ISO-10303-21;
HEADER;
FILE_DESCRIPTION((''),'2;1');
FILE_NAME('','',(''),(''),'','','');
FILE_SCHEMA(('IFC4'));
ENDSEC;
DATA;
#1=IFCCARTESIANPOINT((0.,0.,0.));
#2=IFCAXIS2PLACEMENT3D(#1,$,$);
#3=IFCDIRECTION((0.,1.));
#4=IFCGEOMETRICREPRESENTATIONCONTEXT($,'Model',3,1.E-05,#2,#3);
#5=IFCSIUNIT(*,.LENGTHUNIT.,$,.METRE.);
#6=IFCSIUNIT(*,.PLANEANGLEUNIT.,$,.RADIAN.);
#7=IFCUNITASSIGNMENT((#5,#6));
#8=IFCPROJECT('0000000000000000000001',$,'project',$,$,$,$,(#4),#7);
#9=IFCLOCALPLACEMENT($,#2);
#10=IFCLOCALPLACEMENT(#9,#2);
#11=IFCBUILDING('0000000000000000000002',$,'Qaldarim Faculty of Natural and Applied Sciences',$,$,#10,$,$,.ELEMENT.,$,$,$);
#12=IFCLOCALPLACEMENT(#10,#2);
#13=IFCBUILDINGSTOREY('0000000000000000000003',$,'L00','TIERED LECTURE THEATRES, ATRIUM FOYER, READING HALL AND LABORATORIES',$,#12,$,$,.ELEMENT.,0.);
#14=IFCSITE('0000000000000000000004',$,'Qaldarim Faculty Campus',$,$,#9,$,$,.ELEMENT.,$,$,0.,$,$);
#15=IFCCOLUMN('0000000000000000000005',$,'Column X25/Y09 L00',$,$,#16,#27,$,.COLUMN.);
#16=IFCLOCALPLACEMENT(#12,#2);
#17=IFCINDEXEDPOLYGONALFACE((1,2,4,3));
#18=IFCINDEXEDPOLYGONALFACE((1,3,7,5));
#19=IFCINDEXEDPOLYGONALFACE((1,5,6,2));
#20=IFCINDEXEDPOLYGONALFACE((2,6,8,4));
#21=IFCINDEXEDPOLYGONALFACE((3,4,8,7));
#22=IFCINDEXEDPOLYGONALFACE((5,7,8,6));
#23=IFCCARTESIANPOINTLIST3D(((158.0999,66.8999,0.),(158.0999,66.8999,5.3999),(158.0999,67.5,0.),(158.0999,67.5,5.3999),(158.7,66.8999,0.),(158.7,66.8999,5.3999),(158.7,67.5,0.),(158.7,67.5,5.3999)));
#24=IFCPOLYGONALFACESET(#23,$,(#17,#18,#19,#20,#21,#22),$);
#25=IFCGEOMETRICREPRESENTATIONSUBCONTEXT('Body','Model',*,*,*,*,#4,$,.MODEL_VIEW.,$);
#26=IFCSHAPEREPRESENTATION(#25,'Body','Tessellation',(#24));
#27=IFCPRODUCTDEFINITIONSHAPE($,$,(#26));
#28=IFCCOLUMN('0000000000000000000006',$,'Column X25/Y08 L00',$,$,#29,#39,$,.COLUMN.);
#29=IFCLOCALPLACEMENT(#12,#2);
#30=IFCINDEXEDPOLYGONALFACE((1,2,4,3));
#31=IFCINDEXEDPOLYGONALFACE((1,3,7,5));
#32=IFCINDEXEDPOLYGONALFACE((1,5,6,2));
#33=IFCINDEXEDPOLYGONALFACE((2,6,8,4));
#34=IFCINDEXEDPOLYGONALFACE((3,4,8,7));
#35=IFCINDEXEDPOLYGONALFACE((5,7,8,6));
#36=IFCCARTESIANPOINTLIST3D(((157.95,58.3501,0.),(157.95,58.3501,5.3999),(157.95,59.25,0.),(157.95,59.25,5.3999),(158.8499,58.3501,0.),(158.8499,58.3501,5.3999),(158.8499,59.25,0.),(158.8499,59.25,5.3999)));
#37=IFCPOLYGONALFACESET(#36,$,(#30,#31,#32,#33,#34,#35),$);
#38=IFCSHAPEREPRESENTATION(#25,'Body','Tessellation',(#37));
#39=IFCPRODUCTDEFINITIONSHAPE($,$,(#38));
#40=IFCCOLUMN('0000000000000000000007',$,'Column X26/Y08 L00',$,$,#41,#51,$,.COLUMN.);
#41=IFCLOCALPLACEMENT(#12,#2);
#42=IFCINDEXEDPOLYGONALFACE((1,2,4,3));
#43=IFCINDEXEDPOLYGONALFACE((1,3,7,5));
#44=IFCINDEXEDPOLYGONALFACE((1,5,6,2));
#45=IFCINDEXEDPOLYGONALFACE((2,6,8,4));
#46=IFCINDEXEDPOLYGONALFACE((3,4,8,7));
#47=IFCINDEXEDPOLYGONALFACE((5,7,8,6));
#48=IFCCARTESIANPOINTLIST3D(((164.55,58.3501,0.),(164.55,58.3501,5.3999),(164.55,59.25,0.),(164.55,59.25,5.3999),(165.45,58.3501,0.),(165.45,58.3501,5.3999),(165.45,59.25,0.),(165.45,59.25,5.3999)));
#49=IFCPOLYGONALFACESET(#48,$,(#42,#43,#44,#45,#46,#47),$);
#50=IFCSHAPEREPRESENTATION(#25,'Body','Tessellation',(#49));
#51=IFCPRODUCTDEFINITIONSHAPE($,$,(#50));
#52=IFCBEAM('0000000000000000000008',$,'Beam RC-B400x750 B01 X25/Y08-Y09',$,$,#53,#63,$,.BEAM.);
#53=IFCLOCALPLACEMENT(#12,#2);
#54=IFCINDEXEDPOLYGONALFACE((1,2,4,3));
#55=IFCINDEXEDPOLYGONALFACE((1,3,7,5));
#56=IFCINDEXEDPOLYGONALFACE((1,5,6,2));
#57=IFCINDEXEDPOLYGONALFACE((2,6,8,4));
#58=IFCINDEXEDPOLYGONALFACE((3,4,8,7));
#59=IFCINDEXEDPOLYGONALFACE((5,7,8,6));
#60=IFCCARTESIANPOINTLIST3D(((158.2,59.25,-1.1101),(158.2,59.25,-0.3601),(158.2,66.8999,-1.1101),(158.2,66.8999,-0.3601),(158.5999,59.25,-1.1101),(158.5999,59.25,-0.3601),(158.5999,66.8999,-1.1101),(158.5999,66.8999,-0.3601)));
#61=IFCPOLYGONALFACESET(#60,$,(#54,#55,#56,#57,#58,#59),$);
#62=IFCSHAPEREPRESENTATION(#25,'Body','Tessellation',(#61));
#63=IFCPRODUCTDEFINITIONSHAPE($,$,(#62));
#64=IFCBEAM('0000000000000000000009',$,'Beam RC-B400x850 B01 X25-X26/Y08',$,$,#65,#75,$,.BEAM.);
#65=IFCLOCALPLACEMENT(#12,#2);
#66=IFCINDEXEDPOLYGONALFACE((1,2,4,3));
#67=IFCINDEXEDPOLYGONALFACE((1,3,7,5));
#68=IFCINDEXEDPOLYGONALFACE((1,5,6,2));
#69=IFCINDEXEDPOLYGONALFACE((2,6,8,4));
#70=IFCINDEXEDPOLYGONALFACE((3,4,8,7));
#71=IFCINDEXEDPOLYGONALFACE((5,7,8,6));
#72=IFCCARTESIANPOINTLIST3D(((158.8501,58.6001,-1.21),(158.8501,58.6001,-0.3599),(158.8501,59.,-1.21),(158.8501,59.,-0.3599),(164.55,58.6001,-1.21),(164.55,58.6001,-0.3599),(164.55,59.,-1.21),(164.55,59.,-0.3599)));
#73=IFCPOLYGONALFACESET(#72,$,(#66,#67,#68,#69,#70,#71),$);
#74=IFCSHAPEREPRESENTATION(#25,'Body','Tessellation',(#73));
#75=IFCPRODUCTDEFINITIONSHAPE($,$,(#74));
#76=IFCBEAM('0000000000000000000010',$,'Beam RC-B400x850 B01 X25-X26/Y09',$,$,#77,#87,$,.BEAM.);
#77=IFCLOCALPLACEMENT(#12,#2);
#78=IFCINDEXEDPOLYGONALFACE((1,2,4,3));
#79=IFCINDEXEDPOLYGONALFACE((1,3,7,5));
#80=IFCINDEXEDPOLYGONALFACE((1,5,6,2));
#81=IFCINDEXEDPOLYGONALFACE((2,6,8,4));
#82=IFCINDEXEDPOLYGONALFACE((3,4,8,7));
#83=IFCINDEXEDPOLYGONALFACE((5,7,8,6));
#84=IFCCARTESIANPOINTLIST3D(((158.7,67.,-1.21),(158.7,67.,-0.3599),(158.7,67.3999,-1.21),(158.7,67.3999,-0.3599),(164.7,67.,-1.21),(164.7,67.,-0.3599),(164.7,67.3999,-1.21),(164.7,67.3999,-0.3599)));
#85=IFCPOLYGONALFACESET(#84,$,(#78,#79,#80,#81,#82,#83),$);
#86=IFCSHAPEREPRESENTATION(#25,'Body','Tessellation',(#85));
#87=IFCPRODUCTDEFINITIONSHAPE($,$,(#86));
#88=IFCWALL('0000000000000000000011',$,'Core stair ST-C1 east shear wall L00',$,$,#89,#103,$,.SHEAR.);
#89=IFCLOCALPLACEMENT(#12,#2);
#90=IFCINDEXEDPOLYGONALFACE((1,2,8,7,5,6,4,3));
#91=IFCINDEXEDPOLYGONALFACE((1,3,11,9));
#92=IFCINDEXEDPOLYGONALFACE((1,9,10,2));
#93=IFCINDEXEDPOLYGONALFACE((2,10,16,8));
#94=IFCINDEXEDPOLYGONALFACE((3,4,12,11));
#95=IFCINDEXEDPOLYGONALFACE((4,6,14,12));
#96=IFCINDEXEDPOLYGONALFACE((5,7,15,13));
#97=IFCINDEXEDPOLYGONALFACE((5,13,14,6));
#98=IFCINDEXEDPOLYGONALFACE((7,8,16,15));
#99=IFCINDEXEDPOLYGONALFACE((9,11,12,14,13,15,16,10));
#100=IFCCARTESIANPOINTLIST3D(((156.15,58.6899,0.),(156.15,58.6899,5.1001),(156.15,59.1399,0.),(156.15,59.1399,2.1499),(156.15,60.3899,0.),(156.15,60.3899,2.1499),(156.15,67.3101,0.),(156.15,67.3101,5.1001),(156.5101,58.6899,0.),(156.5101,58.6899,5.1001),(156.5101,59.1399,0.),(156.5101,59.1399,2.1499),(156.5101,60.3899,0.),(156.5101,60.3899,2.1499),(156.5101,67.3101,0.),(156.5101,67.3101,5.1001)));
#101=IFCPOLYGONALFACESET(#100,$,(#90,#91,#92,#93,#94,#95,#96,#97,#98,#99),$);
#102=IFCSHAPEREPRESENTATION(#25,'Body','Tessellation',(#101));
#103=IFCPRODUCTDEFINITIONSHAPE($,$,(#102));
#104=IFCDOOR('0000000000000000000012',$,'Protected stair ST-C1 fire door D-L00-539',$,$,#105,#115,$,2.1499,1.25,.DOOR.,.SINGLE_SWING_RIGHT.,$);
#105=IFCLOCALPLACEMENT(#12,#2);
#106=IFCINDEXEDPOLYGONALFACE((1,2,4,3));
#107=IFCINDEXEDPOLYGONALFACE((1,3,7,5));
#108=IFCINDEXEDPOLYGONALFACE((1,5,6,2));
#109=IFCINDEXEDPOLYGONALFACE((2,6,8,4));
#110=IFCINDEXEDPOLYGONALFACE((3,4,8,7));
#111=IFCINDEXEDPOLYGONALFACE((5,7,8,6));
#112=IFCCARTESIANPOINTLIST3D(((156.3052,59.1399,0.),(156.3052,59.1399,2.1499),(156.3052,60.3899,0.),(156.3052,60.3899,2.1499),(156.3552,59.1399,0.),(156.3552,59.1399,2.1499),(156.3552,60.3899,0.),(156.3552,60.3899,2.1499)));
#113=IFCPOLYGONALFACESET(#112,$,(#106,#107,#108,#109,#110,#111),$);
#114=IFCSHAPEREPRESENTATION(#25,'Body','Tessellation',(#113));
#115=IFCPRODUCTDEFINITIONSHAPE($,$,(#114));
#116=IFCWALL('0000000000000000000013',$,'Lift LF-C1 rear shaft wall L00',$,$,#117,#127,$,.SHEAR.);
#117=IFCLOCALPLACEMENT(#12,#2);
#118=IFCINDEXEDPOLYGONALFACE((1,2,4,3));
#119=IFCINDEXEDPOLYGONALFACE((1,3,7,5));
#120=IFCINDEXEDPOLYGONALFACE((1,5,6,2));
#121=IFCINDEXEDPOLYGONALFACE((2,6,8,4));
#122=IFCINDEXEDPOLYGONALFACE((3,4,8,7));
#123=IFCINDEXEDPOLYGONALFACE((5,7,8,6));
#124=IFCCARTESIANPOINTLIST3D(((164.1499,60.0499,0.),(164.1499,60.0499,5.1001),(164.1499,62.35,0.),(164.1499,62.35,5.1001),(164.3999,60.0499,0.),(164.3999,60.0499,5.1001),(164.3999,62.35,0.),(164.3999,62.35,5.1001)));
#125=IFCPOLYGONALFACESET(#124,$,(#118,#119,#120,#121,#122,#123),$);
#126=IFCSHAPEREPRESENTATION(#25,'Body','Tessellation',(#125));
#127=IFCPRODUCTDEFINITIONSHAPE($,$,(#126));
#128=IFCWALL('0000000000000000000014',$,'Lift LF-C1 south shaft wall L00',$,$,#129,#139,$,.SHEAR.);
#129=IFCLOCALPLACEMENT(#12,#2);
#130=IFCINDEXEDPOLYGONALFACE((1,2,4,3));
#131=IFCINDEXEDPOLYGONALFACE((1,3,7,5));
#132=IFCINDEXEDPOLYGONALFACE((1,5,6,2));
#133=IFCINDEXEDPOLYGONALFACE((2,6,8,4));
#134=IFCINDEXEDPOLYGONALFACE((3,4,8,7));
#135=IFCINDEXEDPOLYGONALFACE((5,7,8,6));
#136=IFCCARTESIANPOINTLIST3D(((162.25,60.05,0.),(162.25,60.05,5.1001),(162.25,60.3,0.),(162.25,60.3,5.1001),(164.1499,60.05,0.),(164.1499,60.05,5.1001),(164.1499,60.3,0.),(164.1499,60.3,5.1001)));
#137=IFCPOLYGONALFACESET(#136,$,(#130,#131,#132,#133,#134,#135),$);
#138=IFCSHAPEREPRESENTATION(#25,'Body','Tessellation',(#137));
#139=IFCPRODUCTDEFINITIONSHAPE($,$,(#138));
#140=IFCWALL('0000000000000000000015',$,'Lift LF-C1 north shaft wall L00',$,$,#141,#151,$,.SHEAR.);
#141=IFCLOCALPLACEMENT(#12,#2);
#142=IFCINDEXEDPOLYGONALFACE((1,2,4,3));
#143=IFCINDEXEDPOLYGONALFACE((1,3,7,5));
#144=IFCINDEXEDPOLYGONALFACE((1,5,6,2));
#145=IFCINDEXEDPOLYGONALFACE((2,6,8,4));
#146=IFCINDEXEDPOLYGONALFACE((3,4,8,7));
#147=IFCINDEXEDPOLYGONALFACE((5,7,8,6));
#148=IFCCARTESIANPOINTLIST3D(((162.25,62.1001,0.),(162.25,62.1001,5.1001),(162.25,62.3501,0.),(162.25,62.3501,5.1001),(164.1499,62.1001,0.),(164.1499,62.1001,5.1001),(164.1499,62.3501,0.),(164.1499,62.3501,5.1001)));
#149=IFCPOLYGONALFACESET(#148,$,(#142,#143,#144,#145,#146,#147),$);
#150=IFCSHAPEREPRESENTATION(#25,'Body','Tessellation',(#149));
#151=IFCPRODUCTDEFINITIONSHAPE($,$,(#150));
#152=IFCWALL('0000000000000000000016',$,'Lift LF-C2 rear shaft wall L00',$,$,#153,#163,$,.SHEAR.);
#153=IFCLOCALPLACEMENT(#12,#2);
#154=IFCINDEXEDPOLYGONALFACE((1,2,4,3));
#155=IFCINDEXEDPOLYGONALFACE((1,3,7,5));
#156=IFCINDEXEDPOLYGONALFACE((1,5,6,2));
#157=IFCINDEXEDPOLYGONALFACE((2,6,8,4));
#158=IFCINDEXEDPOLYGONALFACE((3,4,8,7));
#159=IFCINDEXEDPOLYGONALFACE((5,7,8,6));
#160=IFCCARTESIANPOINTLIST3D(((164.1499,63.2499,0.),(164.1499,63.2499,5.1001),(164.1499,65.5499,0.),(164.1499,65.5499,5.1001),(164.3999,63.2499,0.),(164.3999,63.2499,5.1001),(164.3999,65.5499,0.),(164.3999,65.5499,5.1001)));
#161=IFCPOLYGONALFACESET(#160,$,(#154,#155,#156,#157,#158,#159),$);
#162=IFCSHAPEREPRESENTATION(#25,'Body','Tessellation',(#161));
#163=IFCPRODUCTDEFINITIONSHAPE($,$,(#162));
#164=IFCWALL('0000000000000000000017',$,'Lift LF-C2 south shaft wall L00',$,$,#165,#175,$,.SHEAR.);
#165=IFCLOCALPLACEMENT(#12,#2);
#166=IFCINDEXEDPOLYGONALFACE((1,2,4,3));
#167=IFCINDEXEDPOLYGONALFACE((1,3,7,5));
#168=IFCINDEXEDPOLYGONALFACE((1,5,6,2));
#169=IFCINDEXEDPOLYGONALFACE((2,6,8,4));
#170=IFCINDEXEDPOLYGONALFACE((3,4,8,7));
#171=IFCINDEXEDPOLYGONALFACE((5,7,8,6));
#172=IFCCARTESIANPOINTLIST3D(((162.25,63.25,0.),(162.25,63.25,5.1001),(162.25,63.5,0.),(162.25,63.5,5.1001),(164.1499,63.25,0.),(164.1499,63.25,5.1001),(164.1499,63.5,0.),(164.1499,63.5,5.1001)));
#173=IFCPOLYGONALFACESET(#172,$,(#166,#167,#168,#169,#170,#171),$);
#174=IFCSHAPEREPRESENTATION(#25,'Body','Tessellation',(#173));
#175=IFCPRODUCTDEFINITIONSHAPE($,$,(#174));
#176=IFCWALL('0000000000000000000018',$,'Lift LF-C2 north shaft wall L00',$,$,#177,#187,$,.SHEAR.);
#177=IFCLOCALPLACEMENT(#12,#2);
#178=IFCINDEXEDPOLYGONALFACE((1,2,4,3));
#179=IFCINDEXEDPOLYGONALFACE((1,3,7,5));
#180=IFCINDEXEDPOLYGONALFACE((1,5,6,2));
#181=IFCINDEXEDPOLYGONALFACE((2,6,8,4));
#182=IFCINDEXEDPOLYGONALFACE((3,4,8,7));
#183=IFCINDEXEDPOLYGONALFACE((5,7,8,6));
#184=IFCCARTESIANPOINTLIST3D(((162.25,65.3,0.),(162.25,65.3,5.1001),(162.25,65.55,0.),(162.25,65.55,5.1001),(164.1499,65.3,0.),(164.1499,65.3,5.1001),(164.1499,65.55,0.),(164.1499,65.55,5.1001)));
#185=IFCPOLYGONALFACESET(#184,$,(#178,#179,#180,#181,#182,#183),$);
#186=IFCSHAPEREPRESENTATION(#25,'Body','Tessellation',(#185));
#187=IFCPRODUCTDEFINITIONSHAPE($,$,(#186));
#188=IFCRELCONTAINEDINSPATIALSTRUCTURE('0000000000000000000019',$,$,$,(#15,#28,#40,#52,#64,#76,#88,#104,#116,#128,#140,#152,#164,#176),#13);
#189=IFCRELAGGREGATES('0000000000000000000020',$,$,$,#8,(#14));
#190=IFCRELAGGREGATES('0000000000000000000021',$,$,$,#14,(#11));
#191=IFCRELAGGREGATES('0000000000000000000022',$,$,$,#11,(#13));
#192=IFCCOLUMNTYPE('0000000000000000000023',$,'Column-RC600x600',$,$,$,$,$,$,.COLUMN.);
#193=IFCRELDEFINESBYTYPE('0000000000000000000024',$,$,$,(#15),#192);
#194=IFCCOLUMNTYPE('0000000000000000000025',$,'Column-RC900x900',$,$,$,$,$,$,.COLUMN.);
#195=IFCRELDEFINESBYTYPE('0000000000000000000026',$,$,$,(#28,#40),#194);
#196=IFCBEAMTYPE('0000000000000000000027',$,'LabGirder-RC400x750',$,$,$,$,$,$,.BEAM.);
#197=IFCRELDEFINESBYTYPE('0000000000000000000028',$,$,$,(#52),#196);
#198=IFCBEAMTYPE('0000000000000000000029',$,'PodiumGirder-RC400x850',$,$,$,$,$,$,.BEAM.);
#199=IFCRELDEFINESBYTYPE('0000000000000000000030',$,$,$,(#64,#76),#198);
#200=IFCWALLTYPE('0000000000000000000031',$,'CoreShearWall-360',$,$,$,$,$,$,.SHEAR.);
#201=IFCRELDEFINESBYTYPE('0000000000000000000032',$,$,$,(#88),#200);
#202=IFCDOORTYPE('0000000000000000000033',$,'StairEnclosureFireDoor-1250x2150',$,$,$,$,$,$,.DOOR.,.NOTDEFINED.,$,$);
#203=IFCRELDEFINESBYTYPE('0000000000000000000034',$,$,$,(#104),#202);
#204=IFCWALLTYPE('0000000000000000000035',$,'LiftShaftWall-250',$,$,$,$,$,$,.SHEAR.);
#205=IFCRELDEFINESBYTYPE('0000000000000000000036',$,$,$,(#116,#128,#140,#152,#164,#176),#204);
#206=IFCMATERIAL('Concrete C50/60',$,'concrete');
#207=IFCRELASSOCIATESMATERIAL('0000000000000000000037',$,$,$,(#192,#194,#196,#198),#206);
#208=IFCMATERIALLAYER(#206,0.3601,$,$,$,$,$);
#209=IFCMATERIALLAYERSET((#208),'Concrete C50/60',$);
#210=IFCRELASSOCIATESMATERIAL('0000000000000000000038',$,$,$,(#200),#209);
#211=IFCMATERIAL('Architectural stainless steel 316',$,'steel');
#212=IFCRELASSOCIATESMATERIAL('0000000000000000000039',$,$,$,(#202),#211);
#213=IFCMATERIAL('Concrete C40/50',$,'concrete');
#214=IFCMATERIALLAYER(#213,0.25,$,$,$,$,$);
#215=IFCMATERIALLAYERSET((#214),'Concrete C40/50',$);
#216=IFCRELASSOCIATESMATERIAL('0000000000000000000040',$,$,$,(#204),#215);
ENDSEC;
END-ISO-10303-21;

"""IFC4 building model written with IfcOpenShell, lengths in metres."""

from ifc_helpers import new_model, si_unit, direction, frame, frame_2d, origin, origin_2d, place, context, subcontext, project, spatial, rectangle, extrude, material, layer, layer_set, material_profile, profile_set, type_object, element, fill, save


model = new_model("IFC4")

# Units and contexts
model_context = context("Model", 3, precision=1e-05, world=origin(), true_north=direction((0.0, 1.0)))
body_context = subcontext(model_context, "Body", "Model", "MODEL_VIEW")
ifc_project = project(units=[si_unit("LENGTHUNIT", "METRE"), si_unit("PLANEANGLEUNIT", "RADIAN")], contexts=[model_context])

# Site, building, storey
site_placement = place(None, origin())
site = spatial("IfcSite", under=ifc_project, at=site_placement, Name="Qaldarim Faculty Campus", CompositionType="ELEMENT", RefElevation=0.0)
building_placement = place(site_placement, origin())
building = spatial("IfcBuilding", under=site, at=building_placement, Name="Qaldarim Faculty of Natural and Applied Sciences", CompositionType="ELEMENT")
storey_placement = place(building_placement, origin())
storey = spatial("IfcBuildingStorey", under=building, at=storey_placement, Name="L00", Description="TIERED LECTURE THEATRES, ATRIUM FOYER, READING HALL AND LABORATORIES", CompositionType="ELEMENT", Elevation=0.0)

# Columns
ifc_material_1 = material(Name="Concrete C50/60", Category="concrete")
ifc_material_profile_1 = material_profile(ifc_material_1, rectangle(XDim=0.6001, YDim=0.6001, at=origin_2d()), Name="RC-C600x600")
ifc_profile_set_1 = profile_set([ifc_material_profile_1], Name="Concrete C50/60")
column_type_1 = type_object("IfcColumnType", Name="Column-RC600x600", PredefinedType="COLUMN", material=ifc_profile_set_1)
column_placement = place(storey_placement, frame((158.3999, 67.2, 0.0), z_axis=(0.0, 0.0, 1.0), x_axis=(1.0, 0.0, 0.0)))
element("IfcColumn", 1, at=column_placement, inside=storey, type_object=column_type_1, Name="Column X25/Y09 L00", PredefinedType="COLUMN", context=body_context, shape_type="SweptSolid", body=[
    extrude(rectangle(XDim=0.6001, YDim=0.6001, at=origin_2d()), origin(), (0.0, 0.0, 1.0), 5.3999),
])
ifc_material_profile_2 = material_profile(ifc_material_1, rectangle(XDim=0.8999, YDim=0.8999, at=origin_2d()), Name="RC-C900x900")
ifc_profile_set_2 = profile_set([ifc_material_profile_2], Name="Concrete C50/60")
column_type_2 = type_object("IfcColumnType", Name="Column-RC900x900", PredefinedType="COLUMN", material=ifc_profile_set_2)
for number, where, z_axis, x_axis, name in (
    (2, (158.3999, 58.8, 0.0), (0.0, 0.0, 1.0), (1.0, 0.0, 0.0), "Column X25/Y08 L00"),
    (3, (165.0, 58.8, 0.0), (0.0, 0.0, 1.0), (1.0, 0.0, 0.0), "Column X26/Y08 L00"),
):
    element("IfcColumn", number, at=place(storey_placement, frame(where, z_axis=z_axis, x_axis=x_axis)), inside=storey, type_object=column_type_2, Name=name, PredefinedType="COLUMN", context=body_context, shape_type="SweptSolid", body=[
        extrude(rectangle(XDim=0.8999, YDim=0.8999, at=origin_2d()), origin(), (0.0, 0.0, 1.0), 5.3999),
    ])

# Beams
ifc_material_profile_3 = material_profile(ifc_material_1, rectangle(XDim=0.3999, YDim=0.75, at=origin_2d()), Name="RC-B400x750")
ifc_profile_set_3 = profile_set([ifc_material_profile_3], Name="Concrete C50/60")
beam_type_1 = type_object("IfcBeamType", Name="LabGirder-RC400x750", PredefinedType="BEAM", material=ifc_profile_set_3)
beam_1_placement = place(storey_placement, frame((158.3999, 59.25, -0.7351), z_axis=(0.0, 1.0, 0.0), x_axis=(-1.0, 0.0, 0.0)))
element("IfcBeam", 4, at=beam_1_placement, inside=storey, type_object=beam_type_1, Name="Beam RC-B400x750 B01 X25/Y08-Y09", PredefinedType="BEAM", context=body_context, shape_type="SweptSolid", body=[
    extrude(rectangle(XDim=0.3999, YDim=0.75, at=origin_2d()), origin(), (0.0, 0.0, 1.0), 7.6499),
])
ifc_material_profile_4 = material_profile(ifc_material_1, rectangle(XDim=0.3999, YDim=0.8501, at=origin_2d()), Name="RC-B400x850")
ifc_profile_set_4 = profile_set([ifc_material_profile_4], Name="Concrete C50/60")
beam_type_2 = type_object("IfcBeamType", Name="PodiumGirder-RC400x850", PredefinedType="BEAM", material=ifc_profile_set_4)
beam_2_placement = place(storey_placement, frame((158.8501, 58.8, -0.7849), z_axis=(1.0, 0.0, 0.0), x_axis=(0.0, 1.0, 0.0)))
element("IfcBeam", 5, at=beam_2_placement, inside=storey, type_object=beam_type_2, Name="Beam RC-B400x850 B01 X25-X26/Y08", PredefinedType="BEAM", context=body_context, shape_type="SweptSolid", body=[
    extrude(rectangle(XDim=0.3999, YDim=0.8501, at=origin_2d()), origin(), (0.0, 0.0, 1.0), 5.7),
])
beam_3_placement = place(storey_placement, frame((158.7, 67.2, -0.7849), z_axis=(1.0, 0.0, 0.0), x_axis=(0.0, 1.0, 0.0)))
element("IfcBeam", 6, at=beam_3_placement, inside=storey, type_object=beam_type_2, Name="Beam RC-B400x850 B01 X25-X26/Y09", PredefinedType="BEAM", context=body_context, shape_type="SweptSolid", body=[
    extrude(rectangle(XDim=0.3999, YDim=0.8501, at=origin_2d()), origin(), (0.0, 0.0, 1.0), 6.0),
])

# Wall, opening, door
ifc_layer_1 = layer(ifc_material_1, 0.3601)
ifc_layer_set_1 = layer_set([ifc_layer_1], Name="Concrete C50/60")
wall_type_1 = type_object("IfcWallType", Name="CoreShearWall-360", PredefinedType="SHEAR", material=ifc_layer_set_1)
wall_1_placement = place(storey_placement, frame((156.3301, 58.6899, 0.0), z_axis=(0.0, 0.0, 1.0), x_axis=(0.0, 1.0, 0.0)))
wall_1 = element("IfcWall", 7, at=wall_1_placement, inside=storey, type_object=wall_type_1, Name="Core stair ST-C1 east shear wall L00", PredefinedType="SHEAR", context=body_context, shape_type="SweptSolid", body=[
    extrude(rectangle(XDim=8.6201, YDim=0.3601, at=frame_2d((4.3101, 0.0))), origin(), (0.0, 0.0, 1.0), 5.1001),
])
opening_1_placement = place(wall_1_placement, frame((0.45, 0.0, 0.0)))
opening_1 = element("IfcOpeningElement", 8, at=opening_1_placement, cuts=wall_1, PredefinedType="OPENING", context=body_context, shape_type="SweptSolid", body=[
    extrude(rectangle(XDim=1.25, YDim=2.1499, at=frame_2d((0.625, 1.075))), frame((0.0, 0.1899, 0.0), z_axis=(0.0, -1.0, 0.0), x_axis=(1.0, 0.0, 0.0)), (0.0, 0.0, 1.0), 0.3801),
])
ifc_material_2 = material(Name="Architectural stainless steel 316", Category="steel")
door_type_1 = type_object("IfcDoorType", Name="StairEnclosureFireDoor-1250x2150", OperationType="NOTDEFINED", PredefinedType="DOOR", material=ifc_material_2)
door_1_placement = place(opening_1_placement, origin())
door_1 = element("IfcDoor", 9, at=door_1_placement, inside=storey, type_object=door_type_1, Name="Protected stair ST-C1 fire door D-L00-539", OperationType="SINGLE_SWING_RIGHT", OverallHeight=2.1499, OverallWidth=1.25, PredefinedType="DOOR", context=body_context, shape_type="SweptSolid", body=[
    extrude(rectangle(XDim=1.25, YDim=2.1499, at=frame_2d((0.625, 1.075))), frame((0.0, 0.0249, 0.0), z_axis=(0.0, -1.0, 0.0), x_axis=(1.0, 0.0, 0.0)), (0.0, 0.0, 1.0), 0.05),
])
fill(opening_1, door_1)
ifc_material_3 = material(Name="Concrete C40/50", Category="concrete")
ifc_layer_2 = layer(ifc_material_3, 0.25)
ifc_layer_set_2 = layer_set([ifc_layer_2], Name="Concrete C40/50")
wall_type_2 = type_object("IfcWallType", Name="LiftShaftWall-250", PredefinedType="SHEAR", material=ifc_layer_set_2)

# Walls
wall_2_placement = place(storey_placement, frame((164.2749, 60.05, 0.0), z_axis=(0.0, 0.0, 1.0), x_axis=(0.0, 1.0, 0.0)))
element("IfcWall", 10, at=wall_2_placement, inside=storey, type_object=wall_type_2, Name="Lift LF-C1 rear shaft wall L00", PredefinedType="SHEAR", context=body_context, shape_type="SweptSolid", body=[
    extrude(rectangle(XDim=2.3, YDim=0.25, at=frame_2d((1.1499, 0.0))), origin(), (0.0, 0.0, 1.0), 5.1001),
])
for number, where, z_axis, x_axis, name in (
    (11, (162.25, 60.175, 0.0), (0.0, 0.0, 1.0), (1.0, 0.0, 0.0), "Lift LF-C1 south shaft wall L00"),
    (12, (162.25, 62.2251, 0.0), (0.0, 0.0, 1.0), (1.0, 0.0, 0.0), "Lift LF-C1 north shaft wall L00"),
):
    element("IfcWall", number, at=place(storey_placement, frame(where, z_axis=z_axis, x_axis=x_axis)), inside=storey, type_object=wall_type_2, Name=name, PredefinedType="SHEAR", context=body_context, shape_type="SweptSolid", body=[
        extrude(rectangle(XDim=1.8999, YDim=0.25, at=frame_2d((0.95, 0.0))), origin(), (0.0, 0.0, 1.0), 5.1001),
    ])

# Walls
wall_3_placement = place(storey_placement, frame((164.2749, 63.25, 0.0), z_axis=(0.0, 0.0, 1.0), x_axis=(0.0, 1.0, 0.0)))
element("IfcWall", 13, at=wall_3_placement, inside=storey, type_object=wall_type_2, Name="Lift LF-C2 rear shaft wall L00", PredefinedType="SHEAR", context=body_context, shape_type="SweptSolid", body=[
    extrude(rectangle(XDim=2.3, YDim=0.25, at=frame_2d((1.1499, 0.0))), origin(), (0.0, 0.0, 1.0), 5.1001),
])
for number, where, z_axis, x_axis, name in (
    (14, (162.25, 63.375, 0.0), (0.0, 0.0, 1.0), (1.0, 0.0, 0.0), "Lift LF-C2 south shaft wall L00"),
    (15, (162.25, 65.425, 0.0), (0.0, 0.0, 1.0), (1.0, 0.0, 0.0), "Lift LF-C2 north shaft wall L00"),
):
    element("IfcWall", number, at=place(storey_placement, frame(where, z_axis=z_axis, x_axis=x_axis)), inside=storey, type_object=wall_type_2, Name=name, PredefinedType="SHEAR", context=body_context, shape_type="SweptSolid", body=[
        extrude(rectangle(XDim=1.8999, YDim=0.25, at=frame_2d((0.95, 0.0))), origin(), (0.0, 0.0, 1.0), 5.1001),
    ])

save(model, "model.ifc")
